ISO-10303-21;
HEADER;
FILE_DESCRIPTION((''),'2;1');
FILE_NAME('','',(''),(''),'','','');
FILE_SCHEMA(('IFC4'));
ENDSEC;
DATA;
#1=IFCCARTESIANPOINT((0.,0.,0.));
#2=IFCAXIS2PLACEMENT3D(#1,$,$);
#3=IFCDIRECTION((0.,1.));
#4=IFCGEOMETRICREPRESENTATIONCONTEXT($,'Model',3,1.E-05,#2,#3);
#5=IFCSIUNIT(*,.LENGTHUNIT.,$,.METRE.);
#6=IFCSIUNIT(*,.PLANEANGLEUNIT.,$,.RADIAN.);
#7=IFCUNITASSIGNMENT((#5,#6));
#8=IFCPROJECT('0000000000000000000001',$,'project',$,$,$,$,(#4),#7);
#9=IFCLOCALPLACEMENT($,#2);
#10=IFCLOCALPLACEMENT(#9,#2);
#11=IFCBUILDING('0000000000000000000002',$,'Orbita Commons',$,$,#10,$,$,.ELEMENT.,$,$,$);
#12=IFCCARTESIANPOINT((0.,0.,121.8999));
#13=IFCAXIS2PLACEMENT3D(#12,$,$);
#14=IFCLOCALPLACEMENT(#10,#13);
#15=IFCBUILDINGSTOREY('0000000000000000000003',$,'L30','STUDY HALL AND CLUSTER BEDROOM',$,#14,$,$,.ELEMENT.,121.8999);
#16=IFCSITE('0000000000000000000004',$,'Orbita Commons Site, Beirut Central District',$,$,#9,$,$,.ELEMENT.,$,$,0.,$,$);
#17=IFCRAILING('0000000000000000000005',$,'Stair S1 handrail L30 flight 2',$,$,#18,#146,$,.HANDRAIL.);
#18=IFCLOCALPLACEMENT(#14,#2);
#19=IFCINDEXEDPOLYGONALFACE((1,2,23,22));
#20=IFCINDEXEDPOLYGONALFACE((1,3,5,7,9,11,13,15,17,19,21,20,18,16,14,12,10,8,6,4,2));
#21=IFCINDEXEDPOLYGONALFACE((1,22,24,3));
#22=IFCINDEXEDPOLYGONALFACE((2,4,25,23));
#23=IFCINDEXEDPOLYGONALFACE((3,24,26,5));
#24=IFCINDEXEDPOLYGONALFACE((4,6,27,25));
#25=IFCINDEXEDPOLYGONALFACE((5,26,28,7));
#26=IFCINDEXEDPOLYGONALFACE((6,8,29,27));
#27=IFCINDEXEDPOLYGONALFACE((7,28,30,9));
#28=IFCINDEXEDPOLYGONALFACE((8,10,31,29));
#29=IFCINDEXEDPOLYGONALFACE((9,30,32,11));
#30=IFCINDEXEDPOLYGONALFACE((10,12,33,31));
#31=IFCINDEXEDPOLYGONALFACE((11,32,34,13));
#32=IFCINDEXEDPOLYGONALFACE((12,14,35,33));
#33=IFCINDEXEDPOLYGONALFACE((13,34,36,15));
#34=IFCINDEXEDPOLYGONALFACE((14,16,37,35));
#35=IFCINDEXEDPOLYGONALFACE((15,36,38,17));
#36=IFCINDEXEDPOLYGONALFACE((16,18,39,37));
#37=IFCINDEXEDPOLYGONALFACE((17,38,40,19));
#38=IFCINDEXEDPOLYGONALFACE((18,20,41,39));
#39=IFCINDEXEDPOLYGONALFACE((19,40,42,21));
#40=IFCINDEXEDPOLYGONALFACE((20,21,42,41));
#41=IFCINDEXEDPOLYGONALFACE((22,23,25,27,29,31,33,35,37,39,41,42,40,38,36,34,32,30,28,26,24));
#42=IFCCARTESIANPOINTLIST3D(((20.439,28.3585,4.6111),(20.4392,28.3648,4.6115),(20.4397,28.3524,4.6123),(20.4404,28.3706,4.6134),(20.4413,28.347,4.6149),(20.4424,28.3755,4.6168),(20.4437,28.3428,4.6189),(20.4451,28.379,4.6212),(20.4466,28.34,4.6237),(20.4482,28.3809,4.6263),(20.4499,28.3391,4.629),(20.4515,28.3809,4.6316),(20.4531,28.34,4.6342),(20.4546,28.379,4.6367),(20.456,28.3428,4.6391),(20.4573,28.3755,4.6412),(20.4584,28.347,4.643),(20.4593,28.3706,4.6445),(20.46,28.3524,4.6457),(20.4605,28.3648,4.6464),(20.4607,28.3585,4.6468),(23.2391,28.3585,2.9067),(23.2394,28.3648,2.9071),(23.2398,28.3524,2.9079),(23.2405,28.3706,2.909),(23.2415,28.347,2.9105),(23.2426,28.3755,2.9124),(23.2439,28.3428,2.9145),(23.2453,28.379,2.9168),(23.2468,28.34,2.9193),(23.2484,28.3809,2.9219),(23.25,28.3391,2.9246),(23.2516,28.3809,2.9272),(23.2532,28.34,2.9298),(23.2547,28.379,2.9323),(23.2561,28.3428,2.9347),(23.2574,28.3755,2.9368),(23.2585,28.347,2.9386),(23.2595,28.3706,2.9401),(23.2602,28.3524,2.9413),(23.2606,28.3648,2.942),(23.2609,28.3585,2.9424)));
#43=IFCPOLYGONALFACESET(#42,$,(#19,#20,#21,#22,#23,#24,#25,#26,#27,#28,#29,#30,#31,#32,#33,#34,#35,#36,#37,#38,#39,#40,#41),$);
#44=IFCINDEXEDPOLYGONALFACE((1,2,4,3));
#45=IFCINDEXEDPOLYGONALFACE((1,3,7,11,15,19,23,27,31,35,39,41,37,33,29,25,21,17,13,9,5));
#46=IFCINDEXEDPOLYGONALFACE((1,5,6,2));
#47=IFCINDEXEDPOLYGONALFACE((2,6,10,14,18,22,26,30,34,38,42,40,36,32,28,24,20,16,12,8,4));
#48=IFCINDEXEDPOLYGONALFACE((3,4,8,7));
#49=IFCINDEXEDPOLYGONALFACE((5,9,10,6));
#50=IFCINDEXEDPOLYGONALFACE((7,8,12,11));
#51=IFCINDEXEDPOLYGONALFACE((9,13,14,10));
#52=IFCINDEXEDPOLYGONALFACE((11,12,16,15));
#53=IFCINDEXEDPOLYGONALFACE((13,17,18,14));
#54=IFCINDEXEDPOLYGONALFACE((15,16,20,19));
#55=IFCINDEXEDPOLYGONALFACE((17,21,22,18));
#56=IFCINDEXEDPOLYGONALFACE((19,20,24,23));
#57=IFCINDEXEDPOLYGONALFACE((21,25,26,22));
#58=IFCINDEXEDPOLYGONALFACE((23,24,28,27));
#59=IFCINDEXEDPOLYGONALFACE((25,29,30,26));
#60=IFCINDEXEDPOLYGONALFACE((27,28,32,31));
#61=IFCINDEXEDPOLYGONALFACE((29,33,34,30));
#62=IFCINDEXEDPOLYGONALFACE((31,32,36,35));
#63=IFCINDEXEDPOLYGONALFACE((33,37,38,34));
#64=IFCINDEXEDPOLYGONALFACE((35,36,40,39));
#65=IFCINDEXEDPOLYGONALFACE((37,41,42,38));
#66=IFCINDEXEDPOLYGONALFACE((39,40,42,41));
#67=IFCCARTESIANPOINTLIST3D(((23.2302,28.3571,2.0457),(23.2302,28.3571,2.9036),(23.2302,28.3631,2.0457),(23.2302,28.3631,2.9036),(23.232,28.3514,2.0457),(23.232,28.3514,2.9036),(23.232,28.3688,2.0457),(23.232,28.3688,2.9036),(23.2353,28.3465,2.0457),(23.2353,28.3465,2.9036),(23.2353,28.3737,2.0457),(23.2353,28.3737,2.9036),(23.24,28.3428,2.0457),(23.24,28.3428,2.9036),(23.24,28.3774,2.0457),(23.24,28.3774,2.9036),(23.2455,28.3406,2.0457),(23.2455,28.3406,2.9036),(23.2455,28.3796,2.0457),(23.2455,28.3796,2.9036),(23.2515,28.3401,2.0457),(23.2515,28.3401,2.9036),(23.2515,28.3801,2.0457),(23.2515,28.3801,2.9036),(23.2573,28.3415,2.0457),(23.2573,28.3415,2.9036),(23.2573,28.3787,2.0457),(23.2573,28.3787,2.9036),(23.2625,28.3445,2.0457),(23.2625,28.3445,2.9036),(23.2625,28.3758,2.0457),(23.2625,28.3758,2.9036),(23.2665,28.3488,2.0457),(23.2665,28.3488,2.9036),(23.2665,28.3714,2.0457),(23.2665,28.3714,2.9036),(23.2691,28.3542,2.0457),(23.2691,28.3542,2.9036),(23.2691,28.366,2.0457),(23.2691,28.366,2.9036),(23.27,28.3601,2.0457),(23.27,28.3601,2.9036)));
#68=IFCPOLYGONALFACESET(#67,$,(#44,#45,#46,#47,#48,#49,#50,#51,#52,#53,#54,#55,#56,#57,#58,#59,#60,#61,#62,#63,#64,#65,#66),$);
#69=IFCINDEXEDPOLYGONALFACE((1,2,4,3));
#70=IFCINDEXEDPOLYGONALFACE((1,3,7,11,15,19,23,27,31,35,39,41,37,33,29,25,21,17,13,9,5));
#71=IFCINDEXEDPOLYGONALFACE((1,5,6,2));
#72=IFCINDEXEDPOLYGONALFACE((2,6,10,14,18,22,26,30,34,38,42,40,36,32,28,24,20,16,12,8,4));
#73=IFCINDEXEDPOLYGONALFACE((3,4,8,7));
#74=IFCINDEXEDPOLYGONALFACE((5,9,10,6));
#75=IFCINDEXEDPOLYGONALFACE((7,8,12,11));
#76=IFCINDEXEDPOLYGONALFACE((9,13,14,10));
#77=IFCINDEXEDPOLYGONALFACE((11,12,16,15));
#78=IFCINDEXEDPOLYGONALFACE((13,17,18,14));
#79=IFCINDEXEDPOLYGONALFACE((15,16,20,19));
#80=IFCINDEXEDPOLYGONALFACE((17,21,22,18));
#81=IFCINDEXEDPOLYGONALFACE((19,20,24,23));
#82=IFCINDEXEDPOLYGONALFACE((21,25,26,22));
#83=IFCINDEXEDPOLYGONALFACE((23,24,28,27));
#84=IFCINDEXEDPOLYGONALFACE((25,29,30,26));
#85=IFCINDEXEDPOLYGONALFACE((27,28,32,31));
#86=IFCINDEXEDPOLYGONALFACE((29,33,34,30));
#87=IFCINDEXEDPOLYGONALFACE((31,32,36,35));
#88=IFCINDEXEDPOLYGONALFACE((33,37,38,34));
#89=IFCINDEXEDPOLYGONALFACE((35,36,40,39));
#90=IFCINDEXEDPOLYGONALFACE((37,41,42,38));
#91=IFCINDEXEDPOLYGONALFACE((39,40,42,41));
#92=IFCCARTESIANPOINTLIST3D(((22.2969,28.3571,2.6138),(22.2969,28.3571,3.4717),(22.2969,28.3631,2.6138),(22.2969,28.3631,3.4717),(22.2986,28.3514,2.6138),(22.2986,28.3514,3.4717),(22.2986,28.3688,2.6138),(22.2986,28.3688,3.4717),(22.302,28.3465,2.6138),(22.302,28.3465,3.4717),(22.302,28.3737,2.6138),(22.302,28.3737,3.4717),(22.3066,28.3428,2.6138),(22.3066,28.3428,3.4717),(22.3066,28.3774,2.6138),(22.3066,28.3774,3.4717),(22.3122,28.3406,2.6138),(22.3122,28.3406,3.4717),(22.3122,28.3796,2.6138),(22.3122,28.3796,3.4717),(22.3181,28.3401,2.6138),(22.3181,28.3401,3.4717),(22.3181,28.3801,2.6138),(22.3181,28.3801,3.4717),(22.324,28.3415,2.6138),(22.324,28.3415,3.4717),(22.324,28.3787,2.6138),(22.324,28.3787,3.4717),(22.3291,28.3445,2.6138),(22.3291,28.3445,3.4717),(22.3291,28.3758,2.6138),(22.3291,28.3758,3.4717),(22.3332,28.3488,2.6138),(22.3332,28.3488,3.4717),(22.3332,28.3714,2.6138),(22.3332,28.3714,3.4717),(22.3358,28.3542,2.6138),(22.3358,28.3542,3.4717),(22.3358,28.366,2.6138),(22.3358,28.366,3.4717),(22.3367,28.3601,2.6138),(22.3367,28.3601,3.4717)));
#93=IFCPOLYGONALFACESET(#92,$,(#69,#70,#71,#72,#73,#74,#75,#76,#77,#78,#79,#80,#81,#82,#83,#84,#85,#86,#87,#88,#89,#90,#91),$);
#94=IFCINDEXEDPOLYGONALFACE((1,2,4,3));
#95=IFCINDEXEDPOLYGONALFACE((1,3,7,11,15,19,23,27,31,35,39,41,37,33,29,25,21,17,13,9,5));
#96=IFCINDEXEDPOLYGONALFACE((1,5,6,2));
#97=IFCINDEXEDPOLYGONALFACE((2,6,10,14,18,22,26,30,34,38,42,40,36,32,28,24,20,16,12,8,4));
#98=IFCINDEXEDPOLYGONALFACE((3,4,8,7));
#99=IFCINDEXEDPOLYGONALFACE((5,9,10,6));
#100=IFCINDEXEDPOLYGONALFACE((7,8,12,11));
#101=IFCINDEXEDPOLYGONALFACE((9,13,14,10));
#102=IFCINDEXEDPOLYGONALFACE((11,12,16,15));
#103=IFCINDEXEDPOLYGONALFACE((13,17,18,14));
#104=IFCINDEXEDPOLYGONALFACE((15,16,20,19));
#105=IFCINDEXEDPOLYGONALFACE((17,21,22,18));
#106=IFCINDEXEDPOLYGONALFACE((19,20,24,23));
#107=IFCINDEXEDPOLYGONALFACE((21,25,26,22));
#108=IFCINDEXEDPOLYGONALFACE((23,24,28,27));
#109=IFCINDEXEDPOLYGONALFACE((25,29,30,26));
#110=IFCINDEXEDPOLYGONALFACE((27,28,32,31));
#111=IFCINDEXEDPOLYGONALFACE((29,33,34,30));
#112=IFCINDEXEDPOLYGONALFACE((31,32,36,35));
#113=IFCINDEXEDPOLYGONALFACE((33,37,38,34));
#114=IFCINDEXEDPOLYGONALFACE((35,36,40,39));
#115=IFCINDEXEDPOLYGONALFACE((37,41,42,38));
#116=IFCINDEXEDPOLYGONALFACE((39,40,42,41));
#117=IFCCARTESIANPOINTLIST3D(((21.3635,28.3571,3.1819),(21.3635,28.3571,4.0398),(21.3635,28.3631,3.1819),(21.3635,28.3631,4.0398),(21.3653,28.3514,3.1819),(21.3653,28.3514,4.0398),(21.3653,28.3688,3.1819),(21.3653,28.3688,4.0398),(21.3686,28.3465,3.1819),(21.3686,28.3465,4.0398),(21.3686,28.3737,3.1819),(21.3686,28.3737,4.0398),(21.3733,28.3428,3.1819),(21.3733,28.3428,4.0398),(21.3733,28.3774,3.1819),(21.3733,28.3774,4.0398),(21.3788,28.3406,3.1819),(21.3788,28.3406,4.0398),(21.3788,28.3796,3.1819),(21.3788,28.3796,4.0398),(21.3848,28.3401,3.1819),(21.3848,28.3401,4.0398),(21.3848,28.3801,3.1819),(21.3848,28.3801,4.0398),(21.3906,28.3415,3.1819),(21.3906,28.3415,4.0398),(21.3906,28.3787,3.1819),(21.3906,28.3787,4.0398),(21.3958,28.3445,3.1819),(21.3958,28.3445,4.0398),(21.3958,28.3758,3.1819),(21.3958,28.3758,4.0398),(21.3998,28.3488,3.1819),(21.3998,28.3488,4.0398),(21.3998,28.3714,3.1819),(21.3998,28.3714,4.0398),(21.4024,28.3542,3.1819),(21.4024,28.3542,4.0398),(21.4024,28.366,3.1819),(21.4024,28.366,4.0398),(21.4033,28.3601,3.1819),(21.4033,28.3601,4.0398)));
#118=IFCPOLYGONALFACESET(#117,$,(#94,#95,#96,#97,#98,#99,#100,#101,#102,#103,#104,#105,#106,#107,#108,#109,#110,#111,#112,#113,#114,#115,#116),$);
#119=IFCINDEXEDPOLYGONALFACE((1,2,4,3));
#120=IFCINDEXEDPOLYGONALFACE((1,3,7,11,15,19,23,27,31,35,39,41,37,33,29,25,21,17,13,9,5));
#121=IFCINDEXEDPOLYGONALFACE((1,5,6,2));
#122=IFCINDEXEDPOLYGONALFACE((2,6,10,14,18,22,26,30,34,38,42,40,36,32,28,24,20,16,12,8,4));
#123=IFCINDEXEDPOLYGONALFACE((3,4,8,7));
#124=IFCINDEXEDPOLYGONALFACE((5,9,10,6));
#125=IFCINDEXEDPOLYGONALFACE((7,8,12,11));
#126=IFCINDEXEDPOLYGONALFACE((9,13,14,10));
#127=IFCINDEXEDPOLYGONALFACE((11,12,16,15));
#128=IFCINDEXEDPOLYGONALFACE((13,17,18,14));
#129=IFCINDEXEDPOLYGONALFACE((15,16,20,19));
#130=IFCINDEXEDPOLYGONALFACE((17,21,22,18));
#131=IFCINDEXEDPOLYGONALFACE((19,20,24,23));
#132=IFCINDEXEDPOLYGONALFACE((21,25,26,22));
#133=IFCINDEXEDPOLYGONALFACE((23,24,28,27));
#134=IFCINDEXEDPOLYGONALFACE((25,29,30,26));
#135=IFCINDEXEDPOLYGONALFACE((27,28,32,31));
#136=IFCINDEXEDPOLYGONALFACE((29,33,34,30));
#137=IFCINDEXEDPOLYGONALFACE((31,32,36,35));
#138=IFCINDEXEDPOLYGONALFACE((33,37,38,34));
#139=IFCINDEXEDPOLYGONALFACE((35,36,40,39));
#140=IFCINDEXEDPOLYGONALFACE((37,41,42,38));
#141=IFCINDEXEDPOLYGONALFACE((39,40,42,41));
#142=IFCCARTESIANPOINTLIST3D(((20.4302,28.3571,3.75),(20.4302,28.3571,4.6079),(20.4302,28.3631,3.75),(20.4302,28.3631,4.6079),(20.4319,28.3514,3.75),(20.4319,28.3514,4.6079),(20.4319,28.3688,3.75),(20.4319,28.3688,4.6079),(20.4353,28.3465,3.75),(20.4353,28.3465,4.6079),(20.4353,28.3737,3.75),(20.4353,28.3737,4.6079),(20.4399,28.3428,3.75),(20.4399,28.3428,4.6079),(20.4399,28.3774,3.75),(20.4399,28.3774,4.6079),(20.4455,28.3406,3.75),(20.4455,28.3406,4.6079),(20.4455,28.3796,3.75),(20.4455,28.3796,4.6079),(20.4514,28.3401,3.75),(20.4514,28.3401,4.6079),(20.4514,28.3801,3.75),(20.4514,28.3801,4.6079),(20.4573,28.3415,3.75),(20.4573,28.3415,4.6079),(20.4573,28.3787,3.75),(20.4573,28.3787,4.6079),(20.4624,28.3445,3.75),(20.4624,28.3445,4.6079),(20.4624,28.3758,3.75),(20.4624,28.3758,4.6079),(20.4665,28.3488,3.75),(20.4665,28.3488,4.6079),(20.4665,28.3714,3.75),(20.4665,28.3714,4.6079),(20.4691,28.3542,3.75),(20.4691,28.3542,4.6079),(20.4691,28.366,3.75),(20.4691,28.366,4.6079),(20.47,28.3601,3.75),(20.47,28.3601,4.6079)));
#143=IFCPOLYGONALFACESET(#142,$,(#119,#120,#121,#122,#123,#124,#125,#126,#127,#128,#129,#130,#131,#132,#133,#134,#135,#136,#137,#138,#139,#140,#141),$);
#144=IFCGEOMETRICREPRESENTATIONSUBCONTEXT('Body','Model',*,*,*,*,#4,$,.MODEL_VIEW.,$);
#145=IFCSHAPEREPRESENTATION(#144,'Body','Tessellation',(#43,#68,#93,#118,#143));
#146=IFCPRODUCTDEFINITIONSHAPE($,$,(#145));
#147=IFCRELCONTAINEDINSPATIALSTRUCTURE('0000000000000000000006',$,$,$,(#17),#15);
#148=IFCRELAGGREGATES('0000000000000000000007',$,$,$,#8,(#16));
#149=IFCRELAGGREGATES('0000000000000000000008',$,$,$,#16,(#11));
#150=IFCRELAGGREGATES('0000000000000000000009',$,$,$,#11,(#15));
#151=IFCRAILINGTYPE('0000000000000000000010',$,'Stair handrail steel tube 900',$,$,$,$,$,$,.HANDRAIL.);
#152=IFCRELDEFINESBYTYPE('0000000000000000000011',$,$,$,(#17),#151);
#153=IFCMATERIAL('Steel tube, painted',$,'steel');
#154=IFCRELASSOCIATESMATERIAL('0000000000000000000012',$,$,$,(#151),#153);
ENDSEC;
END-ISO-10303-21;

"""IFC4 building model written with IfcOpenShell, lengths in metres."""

from ifc_helpers import new_model, si_unit, direction, frame, origin, origin_2d, place, context, subcontext, project, spatial, circle, extrude, material, type_object, element, save


model = new_model("IFC4")

# Units and contexts
model_context = context("Model", 3, precision=1e-05, world=origin(), true_north=direction((0.0, 1.0)))
body_context = subcontext(model_context, "Body", "Model", "MODEL_VIEW")
ifc_project = project(units=[si_unit("LENGTHUNIT", "METRE"), si_unit("PLANEANGLEUNIT", "RADIAN")], contexts=[model_context])

# Site, building, storey
site_placement = place(None, origin())
site = spatial("IfcSite", under=ifc_project, at=site_placement, Name="Orbita Commons Site, Beirut Central District", CompositionType="ELEMENT", RefElevation=0.0)
building_placement = place(site_placement, origin())
building = spatial("IfcBuilding", under=site, at=building_placement, Name="Orbita Commons", CompositionType="ELEMENT")
storey_placement = place(building_placement, frame((0.0, 0.0, 121.8999)))
storey = spatial("IfcBuildingStorey", under=building, at=storey_placement, Name="L30", Description="STUDY HALL AND CLUSTER BEDROOM", CompositionType="ELEMENT", Elevation=121.8999)

# Railing
ifc_material = material(Name="Steel tube, painted", Category="steel")
railing_type = type_object("IfcRailingType", Name="Stair handrail steel tube 900", PredefinedType="HANDRAIL", material=ifc_material)
railing_1_placement = place(storey_placement, frame((23.25, 28.3601, 2.0457)))
element("IfcRailing", 1, at=railing_1_placement, inside=storey, type_object=railing_type, Name="Stair S1 handrail L30 flight 2", PredefinedType="HANDRAIL", context=body_context, shape_type="SweptSolid", body=[
    extrude(circle(Radius=0.021, at=origin_2d()), frame((0.0, 0.0, 0.8789), z_axis=(-0.854203, 0.0, 0.51994), x_axis=(0.0, -1.0, 0.0)), (0.0, 0.0, 1.0), 3.2781),
    extrude(circle(Radius=0.02, at=origin_2d()), origin(), (0.0, 0.0, 1.0), 0.8579),
    extrude(circle(Radius=0.02, at=origin_2d()), frame((-0.9333, 0.0, 0.5681)), (0.0, 0.0, 1.0), 0.8579),
    extrude(circle(Radius=0.02, at=origin_2d()), frame((-1.8667, 0.0, 1.1362)), (0.0, 0.0, 1.0), 0.8579),
    extrude(circle(Radius=0.02, at=origin_2d()), frame((-2.8, 0.0, 1.7043)), (0.0, 0.0, 1.0), 0.8579),
])

save(model, "model.ifc")
